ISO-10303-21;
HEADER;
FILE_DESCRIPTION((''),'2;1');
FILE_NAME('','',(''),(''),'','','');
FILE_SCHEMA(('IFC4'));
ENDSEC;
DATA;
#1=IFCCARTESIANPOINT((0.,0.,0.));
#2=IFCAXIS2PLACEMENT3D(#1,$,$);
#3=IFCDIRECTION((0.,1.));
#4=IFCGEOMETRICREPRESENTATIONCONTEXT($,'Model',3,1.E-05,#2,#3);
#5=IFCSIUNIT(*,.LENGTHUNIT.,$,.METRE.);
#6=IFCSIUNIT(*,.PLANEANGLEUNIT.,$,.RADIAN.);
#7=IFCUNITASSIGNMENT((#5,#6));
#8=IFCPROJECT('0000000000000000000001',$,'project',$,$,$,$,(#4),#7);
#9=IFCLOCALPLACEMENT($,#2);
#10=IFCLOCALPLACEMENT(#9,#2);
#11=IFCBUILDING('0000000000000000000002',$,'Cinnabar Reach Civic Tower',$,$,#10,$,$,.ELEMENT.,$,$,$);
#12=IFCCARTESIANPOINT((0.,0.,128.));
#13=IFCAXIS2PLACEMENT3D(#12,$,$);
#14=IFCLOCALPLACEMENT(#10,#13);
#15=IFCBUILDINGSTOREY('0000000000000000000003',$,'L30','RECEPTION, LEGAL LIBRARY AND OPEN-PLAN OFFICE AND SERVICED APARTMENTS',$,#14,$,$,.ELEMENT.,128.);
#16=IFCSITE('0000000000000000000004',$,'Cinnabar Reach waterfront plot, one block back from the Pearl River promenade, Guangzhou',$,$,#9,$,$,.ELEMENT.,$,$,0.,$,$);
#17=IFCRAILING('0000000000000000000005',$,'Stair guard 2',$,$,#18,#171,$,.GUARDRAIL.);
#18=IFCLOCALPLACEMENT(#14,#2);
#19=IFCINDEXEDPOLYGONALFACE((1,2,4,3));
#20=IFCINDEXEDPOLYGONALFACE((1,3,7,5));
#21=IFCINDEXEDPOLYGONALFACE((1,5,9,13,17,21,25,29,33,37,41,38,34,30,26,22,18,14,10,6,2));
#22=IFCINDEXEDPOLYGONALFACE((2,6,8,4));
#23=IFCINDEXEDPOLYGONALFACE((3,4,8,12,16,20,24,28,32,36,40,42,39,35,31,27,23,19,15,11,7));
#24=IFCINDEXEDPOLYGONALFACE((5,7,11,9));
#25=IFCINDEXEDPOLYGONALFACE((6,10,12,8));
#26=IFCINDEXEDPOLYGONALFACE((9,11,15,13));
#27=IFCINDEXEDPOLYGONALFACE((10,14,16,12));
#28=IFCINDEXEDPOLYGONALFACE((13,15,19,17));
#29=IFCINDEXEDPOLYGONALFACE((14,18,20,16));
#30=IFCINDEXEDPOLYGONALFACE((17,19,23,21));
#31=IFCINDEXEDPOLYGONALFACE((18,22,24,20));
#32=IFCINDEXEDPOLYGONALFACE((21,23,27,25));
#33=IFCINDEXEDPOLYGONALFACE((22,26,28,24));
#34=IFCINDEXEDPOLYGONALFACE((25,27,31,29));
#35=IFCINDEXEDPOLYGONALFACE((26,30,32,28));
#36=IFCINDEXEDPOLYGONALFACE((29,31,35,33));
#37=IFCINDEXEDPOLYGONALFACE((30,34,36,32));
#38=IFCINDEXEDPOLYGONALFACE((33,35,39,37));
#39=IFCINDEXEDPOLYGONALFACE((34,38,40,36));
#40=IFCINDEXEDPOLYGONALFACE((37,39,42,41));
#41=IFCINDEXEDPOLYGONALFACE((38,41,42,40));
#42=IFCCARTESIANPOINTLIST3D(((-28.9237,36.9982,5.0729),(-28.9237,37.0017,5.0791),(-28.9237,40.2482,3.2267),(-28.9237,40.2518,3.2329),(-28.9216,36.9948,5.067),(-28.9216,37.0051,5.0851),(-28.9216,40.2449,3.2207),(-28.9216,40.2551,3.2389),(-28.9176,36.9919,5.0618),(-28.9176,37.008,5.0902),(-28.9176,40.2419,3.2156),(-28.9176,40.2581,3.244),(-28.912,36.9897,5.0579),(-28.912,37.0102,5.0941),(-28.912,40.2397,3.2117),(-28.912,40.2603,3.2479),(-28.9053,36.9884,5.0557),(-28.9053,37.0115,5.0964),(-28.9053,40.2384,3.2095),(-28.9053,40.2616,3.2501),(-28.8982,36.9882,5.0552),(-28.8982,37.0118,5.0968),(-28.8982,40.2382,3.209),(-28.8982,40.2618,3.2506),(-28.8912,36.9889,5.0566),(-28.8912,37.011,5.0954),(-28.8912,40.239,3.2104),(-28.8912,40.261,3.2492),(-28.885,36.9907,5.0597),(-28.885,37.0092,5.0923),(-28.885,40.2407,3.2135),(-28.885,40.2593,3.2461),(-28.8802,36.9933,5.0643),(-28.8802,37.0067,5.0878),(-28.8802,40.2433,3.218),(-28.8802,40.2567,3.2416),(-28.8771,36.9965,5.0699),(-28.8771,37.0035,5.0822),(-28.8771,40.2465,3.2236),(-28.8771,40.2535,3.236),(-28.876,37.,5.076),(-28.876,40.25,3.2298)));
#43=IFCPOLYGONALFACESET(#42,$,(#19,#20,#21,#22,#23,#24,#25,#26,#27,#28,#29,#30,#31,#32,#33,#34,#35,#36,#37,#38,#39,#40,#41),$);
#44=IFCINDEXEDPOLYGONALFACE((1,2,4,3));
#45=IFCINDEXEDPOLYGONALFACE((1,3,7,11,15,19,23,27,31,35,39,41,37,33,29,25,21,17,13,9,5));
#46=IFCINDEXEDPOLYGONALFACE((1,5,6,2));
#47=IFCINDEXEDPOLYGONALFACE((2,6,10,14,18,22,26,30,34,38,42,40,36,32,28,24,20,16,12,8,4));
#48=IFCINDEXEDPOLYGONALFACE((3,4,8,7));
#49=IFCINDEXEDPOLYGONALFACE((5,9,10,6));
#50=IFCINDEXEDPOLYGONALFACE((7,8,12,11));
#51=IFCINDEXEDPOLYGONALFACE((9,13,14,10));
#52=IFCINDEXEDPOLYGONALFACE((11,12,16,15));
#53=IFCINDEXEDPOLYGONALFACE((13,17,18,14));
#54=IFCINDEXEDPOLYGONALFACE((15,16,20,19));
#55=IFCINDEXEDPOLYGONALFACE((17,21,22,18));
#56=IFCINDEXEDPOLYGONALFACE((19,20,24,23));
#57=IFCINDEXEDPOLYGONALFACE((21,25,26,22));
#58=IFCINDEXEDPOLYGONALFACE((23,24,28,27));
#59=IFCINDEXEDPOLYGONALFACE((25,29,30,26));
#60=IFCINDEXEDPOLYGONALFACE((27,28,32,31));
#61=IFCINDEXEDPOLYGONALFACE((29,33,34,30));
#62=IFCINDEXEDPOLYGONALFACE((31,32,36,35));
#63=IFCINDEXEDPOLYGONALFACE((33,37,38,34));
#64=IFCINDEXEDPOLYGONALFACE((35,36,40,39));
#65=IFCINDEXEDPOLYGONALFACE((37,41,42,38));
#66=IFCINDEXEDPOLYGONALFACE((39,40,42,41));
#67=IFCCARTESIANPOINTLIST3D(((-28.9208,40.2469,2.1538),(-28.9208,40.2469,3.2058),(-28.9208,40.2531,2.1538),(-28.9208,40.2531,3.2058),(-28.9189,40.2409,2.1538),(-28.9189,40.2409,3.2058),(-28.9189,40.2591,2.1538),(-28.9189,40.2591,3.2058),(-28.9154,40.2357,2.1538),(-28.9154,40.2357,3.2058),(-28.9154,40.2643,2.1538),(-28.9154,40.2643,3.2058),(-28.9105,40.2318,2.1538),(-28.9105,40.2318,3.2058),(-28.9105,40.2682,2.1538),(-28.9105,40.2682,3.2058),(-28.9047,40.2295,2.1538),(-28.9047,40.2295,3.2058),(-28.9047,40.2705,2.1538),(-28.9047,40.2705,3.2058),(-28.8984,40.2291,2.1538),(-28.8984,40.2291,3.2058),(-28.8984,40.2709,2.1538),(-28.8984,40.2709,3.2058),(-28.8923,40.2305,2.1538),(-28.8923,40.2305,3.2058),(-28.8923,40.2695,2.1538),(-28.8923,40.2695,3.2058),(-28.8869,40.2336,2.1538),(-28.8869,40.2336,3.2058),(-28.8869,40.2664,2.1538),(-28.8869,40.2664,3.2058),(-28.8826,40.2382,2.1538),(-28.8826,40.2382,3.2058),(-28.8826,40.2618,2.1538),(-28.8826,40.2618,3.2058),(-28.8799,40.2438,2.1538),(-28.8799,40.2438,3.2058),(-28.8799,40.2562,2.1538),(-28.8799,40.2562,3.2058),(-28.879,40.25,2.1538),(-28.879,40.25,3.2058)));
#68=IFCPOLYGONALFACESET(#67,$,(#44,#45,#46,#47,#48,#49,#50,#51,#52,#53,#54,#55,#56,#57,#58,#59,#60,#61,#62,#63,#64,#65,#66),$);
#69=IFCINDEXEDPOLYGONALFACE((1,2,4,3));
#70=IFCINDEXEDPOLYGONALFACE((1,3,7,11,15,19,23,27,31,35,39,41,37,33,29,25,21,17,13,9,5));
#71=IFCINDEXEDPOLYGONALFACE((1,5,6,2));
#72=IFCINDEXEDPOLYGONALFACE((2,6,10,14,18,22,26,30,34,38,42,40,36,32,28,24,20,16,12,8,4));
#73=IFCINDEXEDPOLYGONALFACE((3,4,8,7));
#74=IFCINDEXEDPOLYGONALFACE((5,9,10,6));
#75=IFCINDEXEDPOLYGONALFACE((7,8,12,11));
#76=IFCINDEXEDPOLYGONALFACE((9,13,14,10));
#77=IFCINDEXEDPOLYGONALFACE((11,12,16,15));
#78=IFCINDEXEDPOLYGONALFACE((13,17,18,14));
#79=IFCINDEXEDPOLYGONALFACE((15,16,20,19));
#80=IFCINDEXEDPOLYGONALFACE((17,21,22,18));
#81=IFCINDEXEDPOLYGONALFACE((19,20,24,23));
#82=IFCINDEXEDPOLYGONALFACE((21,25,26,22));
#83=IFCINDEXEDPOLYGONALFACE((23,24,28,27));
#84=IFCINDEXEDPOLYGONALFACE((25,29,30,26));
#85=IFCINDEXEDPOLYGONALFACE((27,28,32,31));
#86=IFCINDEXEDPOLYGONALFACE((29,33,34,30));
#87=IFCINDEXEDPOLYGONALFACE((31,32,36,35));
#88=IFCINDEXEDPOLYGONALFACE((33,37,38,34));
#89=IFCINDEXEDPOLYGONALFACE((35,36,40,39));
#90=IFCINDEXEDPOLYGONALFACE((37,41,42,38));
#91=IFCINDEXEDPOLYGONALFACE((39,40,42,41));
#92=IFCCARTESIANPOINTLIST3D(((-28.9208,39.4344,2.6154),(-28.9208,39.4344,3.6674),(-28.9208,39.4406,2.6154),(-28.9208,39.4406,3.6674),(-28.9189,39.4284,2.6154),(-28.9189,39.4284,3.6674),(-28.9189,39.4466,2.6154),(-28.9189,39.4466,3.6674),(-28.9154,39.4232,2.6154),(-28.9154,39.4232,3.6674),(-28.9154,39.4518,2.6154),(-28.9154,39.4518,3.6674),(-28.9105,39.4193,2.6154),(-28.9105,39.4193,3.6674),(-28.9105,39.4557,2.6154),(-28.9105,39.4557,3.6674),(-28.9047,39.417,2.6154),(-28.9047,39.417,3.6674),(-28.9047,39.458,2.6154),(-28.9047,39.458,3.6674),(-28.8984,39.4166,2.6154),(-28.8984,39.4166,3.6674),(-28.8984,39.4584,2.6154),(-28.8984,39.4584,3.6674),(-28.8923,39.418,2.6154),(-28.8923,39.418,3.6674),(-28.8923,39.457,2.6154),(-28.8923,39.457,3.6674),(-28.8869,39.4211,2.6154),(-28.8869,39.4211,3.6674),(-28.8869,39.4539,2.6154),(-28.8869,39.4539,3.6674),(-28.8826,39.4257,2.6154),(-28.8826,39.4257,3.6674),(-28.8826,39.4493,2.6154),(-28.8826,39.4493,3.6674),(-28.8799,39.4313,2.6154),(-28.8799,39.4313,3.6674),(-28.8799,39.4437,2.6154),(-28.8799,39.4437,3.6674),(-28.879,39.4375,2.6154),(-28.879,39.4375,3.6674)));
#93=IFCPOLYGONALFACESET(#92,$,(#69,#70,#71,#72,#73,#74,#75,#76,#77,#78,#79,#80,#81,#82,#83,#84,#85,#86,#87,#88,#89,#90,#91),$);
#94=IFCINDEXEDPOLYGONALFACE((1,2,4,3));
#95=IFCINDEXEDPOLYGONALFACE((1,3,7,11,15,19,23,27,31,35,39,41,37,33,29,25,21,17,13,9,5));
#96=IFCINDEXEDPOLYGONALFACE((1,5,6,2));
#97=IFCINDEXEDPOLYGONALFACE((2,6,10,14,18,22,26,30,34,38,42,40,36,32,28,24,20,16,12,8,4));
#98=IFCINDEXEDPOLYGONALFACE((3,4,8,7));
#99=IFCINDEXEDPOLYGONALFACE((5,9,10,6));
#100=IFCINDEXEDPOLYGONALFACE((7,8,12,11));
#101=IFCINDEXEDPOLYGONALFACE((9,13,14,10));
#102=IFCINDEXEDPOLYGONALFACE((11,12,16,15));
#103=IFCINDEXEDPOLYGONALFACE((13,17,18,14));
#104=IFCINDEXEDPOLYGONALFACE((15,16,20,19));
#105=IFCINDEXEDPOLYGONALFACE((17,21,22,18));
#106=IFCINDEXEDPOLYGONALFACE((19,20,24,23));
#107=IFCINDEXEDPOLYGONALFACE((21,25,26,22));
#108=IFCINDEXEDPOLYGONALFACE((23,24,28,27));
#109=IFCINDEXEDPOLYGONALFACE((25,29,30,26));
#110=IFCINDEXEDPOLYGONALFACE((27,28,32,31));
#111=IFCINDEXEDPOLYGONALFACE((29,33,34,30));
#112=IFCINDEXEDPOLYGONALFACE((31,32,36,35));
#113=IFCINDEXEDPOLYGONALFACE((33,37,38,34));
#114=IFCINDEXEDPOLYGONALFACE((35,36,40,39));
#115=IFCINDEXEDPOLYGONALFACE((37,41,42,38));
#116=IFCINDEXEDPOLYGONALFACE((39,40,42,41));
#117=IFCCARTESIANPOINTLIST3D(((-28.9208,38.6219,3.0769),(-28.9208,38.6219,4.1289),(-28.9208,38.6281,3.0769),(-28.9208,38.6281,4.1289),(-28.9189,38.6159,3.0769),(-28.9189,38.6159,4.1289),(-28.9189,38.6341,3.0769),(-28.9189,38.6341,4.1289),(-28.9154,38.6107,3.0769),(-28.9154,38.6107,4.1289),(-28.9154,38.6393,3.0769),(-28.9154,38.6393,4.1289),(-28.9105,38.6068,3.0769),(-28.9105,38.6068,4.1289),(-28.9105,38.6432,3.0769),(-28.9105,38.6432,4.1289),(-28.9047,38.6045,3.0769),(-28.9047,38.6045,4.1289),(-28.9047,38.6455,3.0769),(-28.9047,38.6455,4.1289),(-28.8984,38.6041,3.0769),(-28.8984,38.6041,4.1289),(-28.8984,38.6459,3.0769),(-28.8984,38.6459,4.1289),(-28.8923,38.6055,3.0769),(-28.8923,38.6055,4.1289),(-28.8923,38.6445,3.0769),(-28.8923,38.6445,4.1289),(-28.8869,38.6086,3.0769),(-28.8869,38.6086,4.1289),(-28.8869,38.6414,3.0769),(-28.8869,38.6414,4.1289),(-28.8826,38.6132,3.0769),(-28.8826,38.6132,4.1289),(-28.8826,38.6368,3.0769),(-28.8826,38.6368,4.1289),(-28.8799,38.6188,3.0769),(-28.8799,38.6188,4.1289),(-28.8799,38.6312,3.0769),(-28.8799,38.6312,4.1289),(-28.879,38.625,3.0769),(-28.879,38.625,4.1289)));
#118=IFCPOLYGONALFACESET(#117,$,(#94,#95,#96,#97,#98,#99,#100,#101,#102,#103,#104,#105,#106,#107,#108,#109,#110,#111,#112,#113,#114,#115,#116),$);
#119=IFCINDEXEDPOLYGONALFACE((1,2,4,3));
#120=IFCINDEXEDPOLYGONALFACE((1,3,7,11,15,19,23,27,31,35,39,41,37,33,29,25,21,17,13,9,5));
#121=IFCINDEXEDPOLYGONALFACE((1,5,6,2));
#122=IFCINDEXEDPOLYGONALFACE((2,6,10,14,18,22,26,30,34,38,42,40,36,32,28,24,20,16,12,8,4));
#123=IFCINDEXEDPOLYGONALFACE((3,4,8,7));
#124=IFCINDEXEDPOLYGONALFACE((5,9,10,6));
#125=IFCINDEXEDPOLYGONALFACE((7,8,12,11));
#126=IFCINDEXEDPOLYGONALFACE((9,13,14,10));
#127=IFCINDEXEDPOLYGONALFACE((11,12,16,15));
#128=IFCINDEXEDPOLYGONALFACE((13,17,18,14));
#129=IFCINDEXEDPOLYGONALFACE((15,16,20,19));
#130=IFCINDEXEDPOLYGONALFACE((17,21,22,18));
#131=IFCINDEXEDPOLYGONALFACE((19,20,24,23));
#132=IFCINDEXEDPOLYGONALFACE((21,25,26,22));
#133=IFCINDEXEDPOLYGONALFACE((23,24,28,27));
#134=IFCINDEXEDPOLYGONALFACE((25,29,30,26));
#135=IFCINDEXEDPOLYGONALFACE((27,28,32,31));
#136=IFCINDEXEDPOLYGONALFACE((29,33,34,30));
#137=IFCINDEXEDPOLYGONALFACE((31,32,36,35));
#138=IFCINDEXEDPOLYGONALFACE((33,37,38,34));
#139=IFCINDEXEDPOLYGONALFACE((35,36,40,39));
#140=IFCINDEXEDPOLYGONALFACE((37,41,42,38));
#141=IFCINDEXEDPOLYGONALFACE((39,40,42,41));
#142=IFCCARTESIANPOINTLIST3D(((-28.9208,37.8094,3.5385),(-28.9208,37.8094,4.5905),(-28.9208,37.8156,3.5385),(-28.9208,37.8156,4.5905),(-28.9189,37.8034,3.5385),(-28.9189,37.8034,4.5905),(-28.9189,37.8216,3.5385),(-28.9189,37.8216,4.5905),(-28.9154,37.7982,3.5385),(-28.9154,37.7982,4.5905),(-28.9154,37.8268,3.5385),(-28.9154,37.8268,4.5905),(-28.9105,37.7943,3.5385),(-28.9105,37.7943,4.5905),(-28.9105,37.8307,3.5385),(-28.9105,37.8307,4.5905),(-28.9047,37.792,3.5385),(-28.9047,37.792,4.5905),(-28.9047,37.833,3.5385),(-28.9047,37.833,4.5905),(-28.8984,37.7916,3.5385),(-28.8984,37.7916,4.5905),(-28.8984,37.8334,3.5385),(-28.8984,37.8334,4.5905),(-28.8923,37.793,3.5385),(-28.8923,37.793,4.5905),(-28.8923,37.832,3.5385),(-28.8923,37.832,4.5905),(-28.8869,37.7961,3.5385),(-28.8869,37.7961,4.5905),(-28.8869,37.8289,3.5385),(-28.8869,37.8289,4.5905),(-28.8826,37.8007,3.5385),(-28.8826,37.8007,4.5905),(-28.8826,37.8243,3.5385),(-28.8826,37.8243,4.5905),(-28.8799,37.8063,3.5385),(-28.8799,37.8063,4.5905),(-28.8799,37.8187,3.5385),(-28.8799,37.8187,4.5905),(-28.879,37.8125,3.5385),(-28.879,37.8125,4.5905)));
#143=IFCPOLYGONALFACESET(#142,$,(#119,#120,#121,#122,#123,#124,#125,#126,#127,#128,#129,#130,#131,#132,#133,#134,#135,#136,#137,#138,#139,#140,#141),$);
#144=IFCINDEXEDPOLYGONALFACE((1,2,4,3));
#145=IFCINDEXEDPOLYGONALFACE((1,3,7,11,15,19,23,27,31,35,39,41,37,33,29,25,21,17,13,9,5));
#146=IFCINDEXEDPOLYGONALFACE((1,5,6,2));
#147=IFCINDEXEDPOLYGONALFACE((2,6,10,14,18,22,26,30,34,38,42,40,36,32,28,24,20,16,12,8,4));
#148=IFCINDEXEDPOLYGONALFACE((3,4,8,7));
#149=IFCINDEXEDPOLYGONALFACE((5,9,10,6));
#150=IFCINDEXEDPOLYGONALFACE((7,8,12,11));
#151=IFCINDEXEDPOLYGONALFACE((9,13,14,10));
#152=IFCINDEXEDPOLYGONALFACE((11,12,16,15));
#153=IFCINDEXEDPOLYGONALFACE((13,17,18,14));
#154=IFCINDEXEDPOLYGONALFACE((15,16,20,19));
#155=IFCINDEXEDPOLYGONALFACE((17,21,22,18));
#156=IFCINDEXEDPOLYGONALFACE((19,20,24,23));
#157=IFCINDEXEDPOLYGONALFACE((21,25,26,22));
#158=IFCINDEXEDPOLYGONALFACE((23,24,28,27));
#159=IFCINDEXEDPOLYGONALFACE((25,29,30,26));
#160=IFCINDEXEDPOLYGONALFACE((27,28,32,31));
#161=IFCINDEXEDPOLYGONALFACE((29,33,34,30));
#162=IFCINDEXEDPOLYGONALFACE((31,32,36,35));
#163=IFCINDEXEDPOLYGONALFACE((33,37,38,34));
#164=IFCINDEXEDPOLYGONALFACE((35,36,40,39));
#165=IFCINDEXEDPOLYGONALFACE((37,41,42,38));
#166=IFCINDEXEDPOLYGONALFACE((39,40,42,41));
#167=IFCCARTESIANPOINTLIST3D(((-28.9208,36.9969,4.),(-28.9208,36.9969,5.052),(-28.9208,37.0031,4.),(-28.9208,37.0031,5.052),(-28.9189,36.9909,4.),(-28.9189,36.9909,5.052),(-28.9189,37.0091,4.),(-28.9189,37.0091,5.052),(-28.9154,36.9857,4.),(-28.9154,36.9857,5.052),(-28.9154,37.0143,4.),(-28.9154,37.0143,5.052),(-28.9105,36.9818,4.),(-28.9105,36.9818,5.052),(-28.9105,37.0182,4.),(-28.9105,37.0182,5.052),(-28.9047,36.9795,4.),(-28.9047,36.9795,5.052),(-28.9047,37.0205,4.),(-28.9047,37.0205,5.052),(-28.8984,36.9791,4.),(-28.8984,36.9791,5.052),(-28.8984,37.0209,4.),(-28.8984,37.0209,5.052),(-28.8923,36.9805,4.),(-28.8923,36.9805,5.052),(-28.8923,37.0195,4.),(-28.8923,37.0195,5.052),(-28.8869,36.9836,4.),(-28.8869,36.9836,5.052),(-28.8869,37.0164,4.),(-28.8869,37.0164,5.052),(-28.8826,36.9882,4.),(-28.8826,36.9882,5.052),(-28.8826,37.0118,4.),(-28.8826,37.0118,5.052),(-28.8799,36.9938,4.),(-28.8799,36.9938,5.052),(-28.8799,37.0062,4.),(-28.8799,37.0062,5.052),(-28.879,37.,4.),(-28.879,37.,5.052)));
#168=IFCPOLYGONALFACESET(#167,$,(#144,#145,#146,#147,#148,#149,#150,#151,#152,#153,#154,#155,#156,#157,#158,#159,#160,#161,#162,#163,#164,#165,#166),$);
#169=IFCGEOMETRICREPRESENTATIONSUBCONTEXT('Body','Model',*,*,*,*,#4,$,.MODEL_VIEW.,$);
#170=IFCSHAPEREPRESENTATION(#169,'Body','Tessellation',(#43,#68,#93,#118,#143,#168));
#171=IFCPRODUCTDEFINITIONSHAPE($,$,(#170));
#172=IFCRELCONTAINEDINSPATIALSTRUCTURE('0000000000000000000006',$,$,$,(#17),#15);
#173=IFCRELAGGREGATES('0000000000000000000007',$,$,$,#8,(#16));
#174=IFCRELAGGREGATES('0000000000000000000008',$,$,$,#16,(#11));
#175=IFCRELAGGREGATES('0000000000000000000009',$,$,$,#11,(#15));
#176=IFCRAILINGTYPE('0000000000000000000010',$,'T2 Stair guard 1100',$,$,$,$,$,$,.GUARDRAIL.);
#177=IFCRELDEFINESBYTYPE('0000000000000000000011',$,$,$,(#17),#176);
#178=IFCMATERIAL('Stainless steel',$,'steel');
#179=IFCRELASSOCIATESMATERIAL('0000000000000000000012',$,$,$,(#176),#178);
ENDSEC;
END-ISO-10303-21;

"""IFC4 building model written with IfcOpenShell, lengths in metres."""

from ifc_helpers import new_model, si_unit, direction, frame, origin, origin_2d, place, context, subcontext, project, spatial, circle, extrude, material, type_object, element, save


model = new_model("IFC4")

# Units and contexts
model_context = context("Model", 3, precision=1e-05, world=origin(), true_north=direction((0.0, 1.0)))
body_context = subcontext(model_context, "Body", "Model", "MODEL_VIEW")
ifc_project = project(units=[si_unit("LENGTHUNIT", "METRE"), si_unit("PLANEANGLEUNIT", "RADIAN")], contexts=[model_context])

# Site, building, storey
site_placement = place(None, origin())
site = spatial("IfcSite", under=ifc_project, at=site_placement, Name="Cinnabar Reach waterfront plot, one block back from the Pearl River promenade, Guangzhou", CompositionType="ELEMENT", RefElevation=0.0)
building_placement = place(site_placement, origin())
building = spatial("IfcBuilding", under=site, at=building_placement, Name="Cinnabar Reach Civic Tower", CompositionType="ELEMENT")
storey_placement = place(building_placement, frame((0.0, 0.0, 128.0)))
storey = spatial("IfcBuildingStorey", under=building, at=storey_placement, Name="L30", Description="RECEPTION, LEGAL LIBRARY AND OPEN-PLAN OFFICE AND SERVICED APARTMENTS", CompositionType="ELEMENT", Elevation=128.0)

# Railing
ifc_material_1 = material(Name="Stainless steel", Category="steel")
railing_type = type_object("IfcRailingType", Name="T2 Stair guard 1100", PredefinedType="GUARDRAIL", material=ifc_material_1)
railing_1_placement = place(storey_placement, frame((-28.9, 40.25, 2.1538)))
element("IfcRailing", 1, at=railing_1_placement, inside=storey, type_object=railing_type, Name="Stair guard 2", PredefinedType="GUARDRAIL", context=body_context, shape_type="SweptSolid", body=[
    extrude(circle(Radius=0.024, at=origin_2d()), frame((0.0, 0.0, 1.076), z_axis=(0.0, -0.869501, 0.49393), x_axis=(1.0, 0.0, 0.0)), (0.0, 0.0, 1.0), 3.7378),
    extrude(circle(Radius=0.021, at=origin_2d()), origin(), (0.0, 0.0, 1.0), 1.052),
    extrude(circle(Radius=0.021, at=origin_2d()), frame((0.0, -0.8125, 0.4616)), (0.0, 0.0, 1.0), 1.052),
    extrude(circle(Radius=0.021, at=origin_2d()), frame((0.0, -1.625, 0.9231)), (0.0, 0.0, 1.0), 1.052),
    extrude(circle(Radius=0.021, at=origin_2d()), frame((0.0, -2.4375, 1.3847)), (0.0, 0.0, 1.0), 1.052),
    extrude(circle(Radius=0.021, at=origin_2d()), frame((0.0, -3.25, 1.8462)), (0.0, 0.0, 1.0), 1.052),
])

save(model, "model.ifc")
